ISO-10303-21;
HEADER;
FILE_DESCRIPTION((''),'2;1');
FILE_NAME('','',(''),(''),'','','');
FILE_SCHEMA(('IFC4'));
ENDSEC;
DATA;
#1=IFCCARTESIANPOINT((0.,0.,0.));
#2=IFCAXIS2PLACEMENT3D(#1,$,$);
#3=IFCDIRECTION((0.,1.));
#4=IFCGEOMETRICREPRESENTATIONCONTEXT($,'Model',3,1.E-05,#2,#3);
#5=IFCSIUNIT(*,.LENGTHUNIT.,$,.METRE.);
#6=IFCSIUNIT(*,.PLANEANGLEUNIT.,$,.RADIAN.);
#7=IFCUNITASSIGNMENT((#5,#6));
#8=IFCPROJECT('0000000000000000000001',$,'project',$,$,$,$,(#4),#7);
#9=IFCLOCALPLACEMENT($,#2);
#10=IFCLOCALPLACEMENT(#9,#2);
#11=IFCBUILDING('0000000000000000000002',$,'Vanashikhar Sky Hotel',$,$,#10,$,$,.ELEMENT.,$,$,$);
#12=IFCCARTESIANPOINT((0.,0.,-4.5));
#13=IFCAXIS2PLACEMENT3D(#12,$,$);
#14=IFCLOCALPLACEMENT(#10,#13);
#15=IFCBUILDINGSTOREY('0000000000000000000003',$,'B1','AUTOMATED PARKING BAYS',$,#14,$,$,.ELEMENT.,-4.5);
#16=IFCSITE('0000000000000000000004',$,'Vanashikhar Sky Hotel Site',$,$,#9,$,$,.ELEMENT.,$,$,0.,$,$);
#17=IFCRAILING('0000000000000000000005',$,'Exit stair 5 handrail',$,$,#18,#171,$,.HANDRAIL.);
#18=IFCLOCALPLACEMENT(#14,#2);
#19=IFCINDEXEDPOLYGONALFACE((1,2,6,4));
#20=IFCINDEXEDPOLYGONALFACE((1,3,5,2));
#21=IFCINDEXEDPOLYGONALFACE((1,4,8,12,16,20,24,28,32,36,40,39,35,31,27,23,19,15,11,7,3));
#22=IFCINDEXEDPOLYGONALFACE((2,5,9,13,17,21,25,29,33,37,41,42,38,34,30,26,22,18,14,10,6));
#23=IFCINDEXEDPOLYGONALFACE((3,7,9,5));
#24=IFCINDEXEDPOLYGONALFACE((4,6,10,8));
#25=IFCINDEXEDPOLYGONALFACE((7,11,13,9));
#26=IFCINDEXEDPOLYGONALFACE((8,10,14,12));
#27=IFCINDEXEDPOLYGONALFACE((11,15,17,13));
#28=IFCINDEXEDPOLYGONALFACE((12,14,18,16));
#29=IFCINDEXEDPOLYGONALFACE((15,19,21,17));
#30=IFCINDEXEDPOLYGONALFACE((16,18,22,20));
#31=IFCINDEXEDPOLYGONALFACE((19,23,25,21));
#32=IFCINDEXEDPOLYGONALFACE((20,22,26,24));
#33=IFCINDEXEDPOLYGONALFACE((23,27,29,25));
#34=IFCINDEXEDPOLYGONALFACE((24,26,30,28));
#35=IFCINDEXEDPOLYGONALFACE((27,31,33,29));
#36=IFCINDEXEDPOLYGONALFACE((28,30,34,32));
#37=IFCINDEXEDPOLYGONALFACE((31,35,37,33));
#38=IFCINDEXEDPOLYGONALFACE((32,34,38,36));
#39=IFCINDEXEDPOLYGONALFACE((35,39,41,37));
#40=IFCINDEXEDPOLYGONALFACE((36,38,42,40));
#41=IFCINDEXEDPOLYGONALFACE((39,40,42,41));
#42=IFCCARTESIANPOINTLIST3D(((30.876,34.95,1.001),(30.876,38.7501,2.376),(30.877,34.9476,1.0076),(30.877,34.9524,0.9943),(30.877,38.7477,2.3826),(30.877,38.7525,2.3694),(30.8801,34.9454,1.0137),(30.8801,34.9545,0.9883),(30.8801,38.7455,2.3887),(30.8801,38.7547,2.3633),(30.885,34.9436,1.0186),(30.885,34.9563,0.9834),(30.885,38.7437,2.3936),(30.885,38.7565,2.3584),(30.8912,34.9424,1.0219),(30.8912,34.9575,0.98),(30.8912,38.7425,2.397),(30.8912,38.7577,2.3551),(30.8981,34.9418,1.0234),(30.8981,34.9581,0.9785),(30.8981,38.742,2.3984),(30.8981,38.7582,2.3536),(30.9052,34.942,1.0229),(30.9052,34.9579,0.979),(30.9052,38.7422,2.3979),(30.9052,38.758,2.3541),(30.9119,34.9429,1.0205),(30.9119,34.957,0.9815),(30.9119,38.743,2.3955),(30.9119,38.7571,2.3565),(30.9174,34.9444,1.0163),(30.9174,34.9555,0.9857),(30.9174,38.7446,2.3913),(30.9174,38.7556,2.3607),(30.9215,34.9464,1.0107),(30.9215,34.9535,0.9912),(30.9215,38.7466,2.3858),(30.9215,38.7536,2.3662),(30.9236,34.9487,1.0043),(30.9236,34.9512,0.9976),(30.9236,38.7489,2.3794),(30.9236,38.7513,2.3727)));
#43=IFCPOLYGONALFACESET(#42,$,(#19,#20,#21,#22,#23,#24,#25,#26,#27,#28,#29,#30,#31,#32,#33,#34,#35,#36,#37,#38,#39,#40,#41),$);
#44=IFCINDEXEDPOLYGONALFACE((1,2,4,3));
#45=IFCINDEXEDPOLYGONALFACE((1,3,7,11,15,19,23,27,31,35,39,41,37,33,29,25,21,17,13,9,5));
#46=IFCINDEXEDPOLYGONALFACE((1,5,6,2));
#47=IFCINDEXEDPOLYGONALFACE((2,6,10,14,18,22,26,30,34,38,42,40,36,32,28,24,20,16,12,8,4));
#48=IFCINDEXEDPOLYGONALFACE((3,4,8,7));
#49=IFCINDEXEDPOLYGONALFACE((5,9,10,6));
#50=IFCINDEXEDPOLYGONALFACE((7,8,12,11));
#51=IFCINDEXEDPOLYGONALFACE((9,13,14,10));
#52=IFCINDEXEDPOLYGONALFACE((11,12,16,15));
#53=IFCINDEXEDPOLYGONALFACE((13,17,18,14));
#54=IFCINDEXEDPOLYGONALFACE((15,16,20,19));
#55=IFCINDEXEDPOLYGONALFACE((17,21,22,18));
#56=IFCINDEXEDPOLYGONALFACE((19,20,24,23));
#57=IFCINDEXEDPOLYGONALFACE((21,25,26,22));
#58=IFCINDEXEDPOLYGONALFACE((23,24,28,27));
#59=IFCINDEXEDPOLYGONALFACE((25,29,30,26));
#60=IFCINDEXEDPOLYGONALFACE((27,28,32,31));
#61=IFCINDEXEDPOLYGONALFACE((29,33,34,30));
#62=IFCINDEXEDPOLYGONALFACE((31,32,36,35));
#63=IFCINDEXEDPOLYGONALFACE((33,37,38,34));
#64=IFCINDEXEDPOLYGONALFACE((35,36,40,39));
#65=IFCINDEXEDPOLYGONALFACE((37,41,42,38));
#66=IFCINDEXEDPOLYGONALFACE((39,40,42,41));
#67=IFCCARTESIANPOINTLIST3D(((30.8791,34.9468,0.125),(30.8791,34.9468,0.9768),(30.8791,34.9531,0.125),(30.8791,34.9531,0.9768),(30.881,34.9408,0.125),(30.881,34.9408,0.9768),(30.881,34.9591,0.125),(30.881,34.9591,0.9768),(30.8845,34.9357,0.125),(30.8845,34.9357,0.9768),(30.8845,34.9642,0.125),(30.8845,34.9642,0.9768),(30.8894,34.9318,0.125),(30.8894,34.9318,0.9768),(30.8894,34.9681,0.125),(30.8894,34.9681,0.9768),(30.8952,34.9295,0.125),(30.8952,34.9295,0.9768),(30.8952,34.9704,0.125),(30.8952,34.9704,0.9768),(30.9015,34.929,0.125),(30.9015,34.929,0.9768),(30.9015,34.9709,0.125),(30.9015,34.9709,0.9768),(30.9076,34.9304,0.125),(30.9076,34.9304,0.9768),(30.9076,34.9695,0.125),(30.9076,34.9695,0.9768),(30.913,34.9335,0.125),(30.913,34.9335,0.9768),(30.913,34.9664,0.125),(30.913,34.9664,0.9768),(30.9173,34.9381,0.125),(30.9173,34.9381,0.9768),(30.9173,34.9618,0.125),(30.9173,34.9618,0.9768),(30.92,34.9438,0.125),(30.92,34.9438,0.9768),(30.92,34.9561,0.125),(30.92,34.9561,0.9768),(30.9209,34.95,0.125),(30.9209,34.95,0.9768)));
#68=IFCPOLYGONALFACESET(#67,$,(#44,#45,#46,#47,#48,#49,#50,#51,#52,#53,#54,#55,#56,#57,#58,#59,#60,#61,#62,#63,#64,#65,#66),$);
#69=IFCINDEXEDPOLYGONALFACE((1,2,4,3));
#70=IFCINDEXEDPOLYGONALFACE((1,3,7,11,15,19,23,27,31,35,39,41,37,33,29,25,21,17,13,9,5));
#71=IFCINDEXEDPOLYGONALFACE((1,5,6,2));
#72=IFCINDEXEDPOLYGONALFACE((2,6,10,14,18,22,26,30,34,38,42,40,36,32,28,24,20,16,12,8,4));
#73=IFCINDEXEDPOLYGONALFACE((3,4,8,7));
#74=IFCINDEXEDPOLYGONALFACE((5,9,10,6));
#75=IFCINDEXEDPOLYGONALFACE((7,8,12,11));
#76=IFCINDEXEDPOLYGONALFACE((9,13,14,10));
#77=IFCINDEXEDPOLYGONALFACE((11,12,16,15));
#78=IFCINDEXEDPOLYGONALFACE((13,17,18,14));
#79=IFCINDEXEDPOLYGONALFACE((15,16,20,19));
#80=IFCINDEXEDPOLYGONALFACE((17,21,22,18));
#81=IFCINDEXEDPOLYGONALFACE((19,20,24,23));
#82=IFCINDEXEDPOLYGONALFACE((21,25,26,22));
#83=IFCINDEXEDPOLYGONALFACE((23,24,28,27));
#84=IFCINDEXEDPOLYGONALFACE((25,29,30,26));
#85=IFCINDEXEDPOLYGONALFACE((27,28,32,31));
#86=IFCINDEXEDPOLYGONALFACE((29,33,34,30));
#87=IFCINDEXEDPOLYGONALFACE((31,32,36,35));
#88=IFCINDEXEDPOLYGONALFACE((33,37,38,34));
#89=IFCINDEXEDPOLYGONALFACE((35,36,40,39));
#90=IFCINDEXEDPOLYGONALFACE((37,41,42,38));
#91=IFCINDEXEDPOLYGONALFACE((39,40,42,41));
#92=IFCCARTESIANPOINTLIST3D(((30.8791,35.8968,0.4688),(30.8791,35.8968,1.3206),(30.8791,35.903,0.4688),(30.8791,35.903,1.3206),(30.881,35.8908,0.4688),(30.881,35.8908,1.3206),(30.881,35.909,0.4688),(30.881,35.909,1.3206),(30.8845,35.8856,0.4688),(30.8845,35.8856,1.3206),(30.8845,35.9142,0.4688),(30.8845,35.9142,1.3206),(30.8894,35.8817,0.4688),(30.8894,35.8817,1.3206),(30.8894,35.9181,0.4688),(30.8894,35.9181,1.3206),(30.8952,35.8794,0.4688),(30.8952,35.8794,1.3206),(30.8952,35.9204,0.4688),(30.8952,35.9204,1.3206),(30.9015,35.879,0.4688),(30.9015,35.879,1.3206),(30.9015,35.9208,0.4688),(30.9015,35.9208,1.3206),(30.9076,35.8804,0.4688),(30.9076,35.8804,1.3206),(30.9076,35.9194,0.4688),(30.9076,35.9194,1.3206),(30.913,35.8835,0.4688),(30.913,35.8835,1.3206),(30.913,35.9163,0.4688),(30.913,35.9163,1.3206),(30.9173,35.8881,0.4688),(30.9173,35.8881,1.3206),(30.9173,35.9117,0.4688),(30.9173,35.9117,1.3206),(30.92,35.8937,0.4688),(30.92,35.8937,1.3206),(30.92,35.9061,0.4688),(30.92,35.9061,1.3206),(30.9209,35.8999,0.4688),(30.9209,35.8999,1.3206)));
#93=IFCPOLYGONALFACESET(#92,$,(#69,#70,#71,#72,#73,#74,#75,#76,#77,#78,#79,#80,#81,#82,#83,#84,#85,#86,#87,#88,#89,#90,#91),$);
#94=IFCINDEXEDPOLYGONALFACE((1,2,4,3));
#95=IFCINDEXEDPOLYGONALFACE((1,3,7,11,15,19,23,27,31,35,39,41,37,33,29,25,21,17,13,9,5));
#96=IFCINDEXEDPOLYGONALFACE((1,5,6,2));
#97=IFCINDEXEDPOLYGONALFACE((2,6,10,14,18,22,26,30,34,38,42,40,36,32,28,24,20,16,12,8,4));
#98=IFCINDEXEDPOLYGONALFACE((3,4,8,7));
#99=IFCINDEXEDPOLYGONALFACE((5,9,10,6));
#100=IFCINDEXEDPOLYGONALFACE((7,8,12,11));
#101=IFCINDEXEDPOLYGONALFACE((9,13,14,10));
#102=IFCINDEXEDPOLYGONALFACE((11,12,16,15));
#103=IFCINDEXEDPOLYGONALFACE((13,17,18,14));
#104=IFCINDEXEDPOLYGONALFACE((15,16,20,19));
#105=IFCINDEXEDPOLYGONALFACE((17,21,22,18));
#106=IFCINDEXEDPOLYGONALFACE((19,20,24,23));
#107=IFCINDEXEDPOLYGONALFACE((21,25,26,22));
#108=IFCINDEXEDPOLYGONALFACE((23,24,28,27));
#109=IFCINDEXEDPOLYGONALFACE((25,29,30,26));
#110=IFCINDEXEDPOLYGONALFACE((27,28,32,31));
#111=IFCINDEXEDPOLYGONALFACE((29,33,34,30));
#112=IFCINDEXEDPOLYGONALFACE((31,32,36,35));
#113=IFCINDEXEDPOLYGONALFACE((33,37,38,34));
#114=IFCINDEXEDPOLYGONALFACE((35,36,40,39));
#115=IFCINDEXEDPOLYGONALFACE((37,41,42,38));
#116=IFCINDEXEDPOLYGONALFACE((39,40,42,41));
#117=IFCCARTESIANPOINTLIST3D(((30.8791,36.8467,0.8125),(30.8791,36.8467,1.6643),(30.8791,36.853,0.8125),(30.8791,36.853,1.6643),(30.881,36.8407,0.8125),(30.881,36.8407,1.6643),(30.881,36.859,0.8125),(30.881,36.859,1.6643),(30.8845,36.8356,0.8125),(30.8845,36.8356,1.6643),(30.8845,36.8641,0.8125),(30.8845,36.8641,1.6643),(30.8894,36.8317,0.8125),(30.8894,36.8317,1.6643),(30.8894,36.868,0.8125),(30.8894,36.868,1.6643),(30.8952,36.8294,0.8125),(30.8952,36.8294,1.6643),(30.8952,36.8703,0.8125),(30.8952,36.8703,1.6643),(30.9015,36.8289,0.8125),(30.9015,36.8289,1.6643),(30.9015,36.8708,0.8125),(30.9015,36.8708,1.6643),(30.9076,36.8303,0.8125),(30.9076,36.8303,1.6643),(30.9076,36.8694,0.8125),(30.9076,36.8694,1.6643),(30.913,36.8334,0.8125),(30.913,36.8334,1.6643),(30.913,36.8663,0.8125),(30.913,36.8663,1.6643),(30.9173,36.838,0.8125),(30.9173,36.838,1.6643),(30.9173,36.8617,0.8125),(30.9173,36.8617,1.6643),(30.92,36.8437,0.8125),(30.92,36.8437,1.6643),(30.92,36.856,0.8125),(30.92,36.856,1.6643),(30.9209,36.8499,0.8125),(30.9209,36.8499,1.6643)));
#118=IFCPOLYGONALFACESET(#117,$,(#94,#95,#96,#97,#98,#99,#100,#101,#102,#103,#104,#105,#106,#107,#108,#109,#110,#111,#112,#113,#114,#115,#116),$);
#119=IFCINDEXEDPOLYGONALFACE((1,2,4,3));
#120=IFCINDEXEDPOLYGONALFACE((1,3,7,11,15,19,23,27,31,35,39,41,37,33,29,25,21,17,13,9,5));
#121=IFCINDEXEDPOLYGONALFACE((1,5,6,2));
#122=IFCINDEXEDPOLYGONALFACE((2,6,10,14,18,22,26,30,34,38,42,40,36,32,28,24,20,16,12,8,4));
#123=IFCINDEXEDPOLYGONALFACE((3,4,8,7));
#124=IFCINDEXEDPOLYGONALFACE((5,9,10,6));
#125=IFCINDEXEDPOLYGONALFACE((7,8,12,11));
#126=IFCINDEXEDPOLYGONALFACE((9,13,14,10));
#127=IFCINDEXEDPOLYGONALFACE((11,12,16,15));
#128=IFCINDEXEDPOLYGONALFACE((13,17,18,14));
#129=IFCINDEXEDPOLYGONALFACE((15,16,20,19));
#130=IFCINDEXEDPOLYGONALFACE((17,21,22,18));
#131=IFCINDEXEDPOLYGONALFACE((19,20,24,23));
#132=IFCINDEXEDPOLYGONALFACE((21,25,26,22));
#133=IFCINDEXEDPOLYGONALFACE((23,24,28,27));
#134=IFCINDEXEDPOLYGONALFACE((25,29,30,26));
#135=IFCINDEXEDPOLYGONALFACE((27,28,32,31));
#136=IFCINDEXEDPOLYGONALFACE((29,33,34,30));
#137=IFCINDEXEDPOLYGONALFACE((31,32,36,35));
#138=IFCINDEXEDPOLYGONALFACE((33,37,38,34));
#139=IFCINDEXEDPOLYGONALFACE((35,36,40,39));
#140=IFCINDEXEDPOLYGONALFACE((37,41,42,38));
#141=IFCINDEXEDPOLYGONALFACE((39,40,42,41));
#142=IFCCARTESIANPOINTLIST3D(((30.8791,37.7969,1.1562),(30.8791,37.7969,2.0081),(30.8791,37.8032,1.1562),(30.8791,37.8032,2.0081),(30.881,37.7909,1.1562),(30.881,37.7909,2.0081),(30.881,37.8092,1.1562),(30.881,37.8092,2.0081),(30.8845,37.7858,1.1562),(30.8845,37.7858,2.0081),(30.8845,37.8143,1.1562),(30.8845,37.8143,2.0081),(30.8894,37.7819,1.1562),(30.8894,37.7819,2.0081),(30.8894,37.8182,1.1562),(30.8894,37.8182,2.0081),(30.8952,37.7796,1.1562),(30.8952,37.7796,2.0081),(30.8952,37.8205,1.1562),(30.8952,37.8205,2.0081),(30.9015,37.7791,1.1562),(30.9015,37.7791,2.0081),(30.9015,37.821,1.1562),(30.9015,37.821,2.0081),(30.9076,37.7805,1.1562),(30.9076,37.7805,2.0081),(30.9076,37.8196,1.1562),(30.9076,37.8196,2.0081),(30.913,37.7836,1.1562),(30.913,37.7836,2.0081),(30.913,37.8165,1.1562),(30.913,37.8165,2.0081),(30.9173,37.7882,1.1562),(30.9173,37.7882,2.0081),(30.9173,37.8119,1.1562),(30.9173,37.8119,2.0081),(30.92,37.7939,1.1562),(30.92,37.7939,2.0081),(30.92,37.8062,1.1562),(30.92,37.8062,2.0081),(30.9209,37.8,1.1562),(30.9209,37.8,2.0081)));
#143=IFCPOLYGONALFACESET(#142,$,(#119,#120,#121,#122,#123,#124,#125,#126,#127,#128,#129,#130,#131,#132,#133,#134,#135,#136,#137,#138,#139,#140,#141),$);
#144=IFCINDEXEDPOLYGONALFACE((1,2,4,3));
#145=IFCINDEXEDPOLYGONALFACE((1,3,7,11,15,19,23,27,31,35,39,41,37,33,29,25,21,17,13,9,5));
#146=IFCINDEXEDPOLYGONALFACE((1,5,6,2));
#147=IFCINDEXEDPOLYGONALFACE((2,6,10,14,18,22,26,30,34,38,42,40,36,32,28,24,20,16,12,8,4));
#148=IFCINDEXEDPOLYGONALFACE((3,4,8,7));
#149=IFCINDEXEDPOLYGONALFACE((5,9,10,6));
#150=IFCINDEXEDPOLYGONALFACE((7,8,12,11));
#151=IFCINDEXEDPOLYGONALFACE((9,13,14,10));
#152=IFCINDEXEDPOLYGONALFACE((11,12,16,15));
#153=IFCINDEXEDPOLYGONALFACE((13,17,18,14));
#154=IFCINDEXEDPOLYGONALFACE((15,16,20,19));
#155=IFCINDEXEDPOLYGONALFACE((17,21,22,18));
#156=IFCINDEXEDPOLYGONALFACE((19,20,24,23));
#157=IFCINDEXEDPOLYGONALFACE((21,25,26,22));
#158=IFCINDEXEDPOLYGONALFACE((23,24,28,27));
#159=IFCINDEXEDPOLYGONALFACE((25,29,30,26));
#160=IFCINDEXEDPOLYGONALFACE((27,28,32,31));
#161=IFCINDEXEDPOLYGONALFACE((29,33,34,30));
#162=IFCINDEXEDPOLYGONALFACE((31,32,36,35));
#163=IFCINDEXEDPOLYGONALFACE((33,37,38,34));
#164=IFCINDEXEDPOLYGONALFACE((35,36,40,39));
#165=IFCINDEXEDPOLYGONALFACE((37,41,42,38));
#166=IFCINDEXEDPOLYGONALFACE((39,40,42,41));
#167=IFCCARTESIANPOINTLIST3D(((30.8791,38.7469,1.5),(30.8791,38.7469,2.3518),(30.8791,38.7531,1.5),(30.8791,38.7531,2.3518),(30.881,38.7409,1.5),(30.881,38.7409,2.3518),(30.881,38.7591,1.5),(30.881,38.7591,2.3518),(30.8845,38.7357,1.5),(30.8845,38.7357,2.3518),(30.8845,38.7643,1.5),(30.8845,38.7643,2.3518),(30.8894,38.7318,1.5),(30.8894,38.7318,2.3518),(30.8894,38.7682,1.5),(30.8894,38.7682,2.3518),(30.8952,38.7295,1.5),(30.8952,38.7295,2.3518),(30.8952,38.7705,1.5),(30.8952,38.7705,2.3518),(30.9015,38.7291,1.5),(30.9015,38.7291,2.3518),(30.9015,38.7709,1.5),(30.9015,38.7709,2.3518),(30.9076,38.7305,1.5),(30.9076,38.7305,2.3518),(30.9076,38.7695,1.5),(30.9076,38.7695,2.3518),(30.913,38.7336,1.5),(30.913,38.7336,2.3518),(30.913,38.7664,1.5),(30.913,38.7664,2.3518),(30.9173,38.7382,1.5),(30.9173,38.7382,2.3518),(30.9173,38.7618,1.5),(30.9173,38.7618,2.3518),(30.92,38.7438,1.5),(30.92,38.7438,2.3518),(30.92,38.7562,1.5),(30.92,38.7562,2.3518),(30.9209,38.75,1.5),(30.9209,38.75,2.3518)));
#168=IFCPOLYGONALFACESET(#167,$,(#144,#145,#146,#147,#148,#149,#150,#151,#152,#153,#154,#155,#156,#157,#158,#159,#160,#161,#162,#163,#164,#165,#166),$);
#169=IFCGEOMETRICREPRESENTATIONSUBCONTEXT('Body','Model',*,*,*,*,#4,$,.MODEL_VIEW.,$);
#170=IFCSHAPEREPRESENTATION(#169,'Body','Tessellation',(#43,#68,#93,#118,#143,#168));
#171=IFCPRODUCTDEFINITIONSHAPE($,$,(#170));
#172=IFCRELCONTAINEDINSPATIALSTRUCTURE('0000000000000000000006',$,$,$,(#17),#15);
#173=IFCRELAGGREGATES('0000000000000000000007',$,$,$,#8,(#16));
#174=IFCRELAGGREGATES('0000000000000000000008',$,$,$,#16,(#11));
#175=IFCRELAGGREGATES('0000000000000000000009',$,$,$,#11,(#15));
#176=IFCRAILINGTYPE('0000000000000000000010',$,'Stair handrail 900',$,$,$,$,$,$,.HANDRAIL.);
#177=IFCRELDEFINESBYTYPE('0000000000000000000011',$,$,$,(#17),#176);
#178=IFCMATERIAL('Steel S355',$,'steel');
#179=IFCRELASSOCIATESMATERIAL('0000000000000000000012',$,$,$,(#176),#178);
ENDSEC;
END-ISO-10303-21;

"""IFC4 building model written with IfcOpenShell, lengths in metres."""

from ifc_helpers import new_model, si_unit, direction, frame, origin, origin_2d, place, context, subcontext, project, spatial, circle, extrude, source, transform, mapped, material, type_object, element, save


model = new_model("IFC4")

# Units and contexts
model_context = context("Model", 3, precision=1e-05, world=origin(), true_north=direction((0.0, 1.0)))
body_context = subcontext(model_context, "Body", "Model", "MODEL_VIEW")
ifc_project = project(units=[si_unit("LENGTHUNIT", "METRE"), si_unit("PLANEANGLEUNIT", "RADIAN")], contexts=[model_context])

# Site, building, storey
site_placement = place(None, origin())
site = spatial("IfcSite", under=ifc_project, at=site_placement, Name="Vanashikhar Sky Hotel Site", CompositionType="ELEMENT", RefElevation=0.0)
building_placement = place(site_placement, origin())
building = spatial("IfcBuilding", under=site, at=building_placement, Name="Vanashikhar Sky Hotel", CompositionType="ELEMENT")
storey_placement = place(building_placement, frame((0.0, 0.0, -4.5)))
storey = spatial("IfcBuildingStorey", under=building, at=storey_placement, Name="B1", Description="AUTOMATED PARKING BAYS", CompositionType="ELEMENT", Elevation=-4.5)

# Railing
ifc_material_1 = material(Name="Steel S355", Category="steel")
railing_type_1 = type_object("IfcRailingType", Name="Stair handrail 900", PredefinedType="HANDRAIL", material=ifc_material_1)
shared_shape_1 = source(origin(), body_context, "Body", "SweptSolid", [
    extrude(circle(Radius=0.0239, at=origin_2d()), frame((0.0, 0.0, 0.876), z_axis=(0.0, 0.940336, 0.340249), x_axis=(-1.0, 0.0, 0.0)), (0.0, 0.0, 1.0), 4.0413),
    extrude(circle(Radius=0.021, at=origin_2d()), origin(), (0.0, 0.0, 1.0), 0.8518),
    extrude(circle(Radius=0.021, at=origin_2d()), frame((0.0, 0.95, 0.3438)), (0.0, 0.0, 1.0), 0.8518),
    extrude(circle(Radius=0.021, at=origin_2d()), frame((0.0, 1.8999, 0.6875)), (0.0, 0.0, 1.0), 0.8518),
    extrude(circle(Radius=0.021, at=origin_2d()), frame((0.0, 2.8501, 1.0312)), (0.0, 0.0, 1.0), 0.8518),
    extrude(circle(Radius=0.021, at=origin_2d()), frame((0.0, 3.8, 1.375)), (0.0, 0.0, 1.0), 0.8518),
])
for number, where, name in (
    (1, (30.8999, 34.95, 0.125), "Exit stair 5 handrail"),
):
    element("IfcRailing", number, at=place(storey_placement, frame(where)), inside=storey, type_object=railing_type_1, Name=name, PredefinedType="HANDRAIL", context=body_context, shape_type="MappedRepresentation", body=[
        mapped(shared_shape_1, transform((0.0, 0.0, 0.0), scale=1.0)),
    ])

save(model, "model.ifc")
